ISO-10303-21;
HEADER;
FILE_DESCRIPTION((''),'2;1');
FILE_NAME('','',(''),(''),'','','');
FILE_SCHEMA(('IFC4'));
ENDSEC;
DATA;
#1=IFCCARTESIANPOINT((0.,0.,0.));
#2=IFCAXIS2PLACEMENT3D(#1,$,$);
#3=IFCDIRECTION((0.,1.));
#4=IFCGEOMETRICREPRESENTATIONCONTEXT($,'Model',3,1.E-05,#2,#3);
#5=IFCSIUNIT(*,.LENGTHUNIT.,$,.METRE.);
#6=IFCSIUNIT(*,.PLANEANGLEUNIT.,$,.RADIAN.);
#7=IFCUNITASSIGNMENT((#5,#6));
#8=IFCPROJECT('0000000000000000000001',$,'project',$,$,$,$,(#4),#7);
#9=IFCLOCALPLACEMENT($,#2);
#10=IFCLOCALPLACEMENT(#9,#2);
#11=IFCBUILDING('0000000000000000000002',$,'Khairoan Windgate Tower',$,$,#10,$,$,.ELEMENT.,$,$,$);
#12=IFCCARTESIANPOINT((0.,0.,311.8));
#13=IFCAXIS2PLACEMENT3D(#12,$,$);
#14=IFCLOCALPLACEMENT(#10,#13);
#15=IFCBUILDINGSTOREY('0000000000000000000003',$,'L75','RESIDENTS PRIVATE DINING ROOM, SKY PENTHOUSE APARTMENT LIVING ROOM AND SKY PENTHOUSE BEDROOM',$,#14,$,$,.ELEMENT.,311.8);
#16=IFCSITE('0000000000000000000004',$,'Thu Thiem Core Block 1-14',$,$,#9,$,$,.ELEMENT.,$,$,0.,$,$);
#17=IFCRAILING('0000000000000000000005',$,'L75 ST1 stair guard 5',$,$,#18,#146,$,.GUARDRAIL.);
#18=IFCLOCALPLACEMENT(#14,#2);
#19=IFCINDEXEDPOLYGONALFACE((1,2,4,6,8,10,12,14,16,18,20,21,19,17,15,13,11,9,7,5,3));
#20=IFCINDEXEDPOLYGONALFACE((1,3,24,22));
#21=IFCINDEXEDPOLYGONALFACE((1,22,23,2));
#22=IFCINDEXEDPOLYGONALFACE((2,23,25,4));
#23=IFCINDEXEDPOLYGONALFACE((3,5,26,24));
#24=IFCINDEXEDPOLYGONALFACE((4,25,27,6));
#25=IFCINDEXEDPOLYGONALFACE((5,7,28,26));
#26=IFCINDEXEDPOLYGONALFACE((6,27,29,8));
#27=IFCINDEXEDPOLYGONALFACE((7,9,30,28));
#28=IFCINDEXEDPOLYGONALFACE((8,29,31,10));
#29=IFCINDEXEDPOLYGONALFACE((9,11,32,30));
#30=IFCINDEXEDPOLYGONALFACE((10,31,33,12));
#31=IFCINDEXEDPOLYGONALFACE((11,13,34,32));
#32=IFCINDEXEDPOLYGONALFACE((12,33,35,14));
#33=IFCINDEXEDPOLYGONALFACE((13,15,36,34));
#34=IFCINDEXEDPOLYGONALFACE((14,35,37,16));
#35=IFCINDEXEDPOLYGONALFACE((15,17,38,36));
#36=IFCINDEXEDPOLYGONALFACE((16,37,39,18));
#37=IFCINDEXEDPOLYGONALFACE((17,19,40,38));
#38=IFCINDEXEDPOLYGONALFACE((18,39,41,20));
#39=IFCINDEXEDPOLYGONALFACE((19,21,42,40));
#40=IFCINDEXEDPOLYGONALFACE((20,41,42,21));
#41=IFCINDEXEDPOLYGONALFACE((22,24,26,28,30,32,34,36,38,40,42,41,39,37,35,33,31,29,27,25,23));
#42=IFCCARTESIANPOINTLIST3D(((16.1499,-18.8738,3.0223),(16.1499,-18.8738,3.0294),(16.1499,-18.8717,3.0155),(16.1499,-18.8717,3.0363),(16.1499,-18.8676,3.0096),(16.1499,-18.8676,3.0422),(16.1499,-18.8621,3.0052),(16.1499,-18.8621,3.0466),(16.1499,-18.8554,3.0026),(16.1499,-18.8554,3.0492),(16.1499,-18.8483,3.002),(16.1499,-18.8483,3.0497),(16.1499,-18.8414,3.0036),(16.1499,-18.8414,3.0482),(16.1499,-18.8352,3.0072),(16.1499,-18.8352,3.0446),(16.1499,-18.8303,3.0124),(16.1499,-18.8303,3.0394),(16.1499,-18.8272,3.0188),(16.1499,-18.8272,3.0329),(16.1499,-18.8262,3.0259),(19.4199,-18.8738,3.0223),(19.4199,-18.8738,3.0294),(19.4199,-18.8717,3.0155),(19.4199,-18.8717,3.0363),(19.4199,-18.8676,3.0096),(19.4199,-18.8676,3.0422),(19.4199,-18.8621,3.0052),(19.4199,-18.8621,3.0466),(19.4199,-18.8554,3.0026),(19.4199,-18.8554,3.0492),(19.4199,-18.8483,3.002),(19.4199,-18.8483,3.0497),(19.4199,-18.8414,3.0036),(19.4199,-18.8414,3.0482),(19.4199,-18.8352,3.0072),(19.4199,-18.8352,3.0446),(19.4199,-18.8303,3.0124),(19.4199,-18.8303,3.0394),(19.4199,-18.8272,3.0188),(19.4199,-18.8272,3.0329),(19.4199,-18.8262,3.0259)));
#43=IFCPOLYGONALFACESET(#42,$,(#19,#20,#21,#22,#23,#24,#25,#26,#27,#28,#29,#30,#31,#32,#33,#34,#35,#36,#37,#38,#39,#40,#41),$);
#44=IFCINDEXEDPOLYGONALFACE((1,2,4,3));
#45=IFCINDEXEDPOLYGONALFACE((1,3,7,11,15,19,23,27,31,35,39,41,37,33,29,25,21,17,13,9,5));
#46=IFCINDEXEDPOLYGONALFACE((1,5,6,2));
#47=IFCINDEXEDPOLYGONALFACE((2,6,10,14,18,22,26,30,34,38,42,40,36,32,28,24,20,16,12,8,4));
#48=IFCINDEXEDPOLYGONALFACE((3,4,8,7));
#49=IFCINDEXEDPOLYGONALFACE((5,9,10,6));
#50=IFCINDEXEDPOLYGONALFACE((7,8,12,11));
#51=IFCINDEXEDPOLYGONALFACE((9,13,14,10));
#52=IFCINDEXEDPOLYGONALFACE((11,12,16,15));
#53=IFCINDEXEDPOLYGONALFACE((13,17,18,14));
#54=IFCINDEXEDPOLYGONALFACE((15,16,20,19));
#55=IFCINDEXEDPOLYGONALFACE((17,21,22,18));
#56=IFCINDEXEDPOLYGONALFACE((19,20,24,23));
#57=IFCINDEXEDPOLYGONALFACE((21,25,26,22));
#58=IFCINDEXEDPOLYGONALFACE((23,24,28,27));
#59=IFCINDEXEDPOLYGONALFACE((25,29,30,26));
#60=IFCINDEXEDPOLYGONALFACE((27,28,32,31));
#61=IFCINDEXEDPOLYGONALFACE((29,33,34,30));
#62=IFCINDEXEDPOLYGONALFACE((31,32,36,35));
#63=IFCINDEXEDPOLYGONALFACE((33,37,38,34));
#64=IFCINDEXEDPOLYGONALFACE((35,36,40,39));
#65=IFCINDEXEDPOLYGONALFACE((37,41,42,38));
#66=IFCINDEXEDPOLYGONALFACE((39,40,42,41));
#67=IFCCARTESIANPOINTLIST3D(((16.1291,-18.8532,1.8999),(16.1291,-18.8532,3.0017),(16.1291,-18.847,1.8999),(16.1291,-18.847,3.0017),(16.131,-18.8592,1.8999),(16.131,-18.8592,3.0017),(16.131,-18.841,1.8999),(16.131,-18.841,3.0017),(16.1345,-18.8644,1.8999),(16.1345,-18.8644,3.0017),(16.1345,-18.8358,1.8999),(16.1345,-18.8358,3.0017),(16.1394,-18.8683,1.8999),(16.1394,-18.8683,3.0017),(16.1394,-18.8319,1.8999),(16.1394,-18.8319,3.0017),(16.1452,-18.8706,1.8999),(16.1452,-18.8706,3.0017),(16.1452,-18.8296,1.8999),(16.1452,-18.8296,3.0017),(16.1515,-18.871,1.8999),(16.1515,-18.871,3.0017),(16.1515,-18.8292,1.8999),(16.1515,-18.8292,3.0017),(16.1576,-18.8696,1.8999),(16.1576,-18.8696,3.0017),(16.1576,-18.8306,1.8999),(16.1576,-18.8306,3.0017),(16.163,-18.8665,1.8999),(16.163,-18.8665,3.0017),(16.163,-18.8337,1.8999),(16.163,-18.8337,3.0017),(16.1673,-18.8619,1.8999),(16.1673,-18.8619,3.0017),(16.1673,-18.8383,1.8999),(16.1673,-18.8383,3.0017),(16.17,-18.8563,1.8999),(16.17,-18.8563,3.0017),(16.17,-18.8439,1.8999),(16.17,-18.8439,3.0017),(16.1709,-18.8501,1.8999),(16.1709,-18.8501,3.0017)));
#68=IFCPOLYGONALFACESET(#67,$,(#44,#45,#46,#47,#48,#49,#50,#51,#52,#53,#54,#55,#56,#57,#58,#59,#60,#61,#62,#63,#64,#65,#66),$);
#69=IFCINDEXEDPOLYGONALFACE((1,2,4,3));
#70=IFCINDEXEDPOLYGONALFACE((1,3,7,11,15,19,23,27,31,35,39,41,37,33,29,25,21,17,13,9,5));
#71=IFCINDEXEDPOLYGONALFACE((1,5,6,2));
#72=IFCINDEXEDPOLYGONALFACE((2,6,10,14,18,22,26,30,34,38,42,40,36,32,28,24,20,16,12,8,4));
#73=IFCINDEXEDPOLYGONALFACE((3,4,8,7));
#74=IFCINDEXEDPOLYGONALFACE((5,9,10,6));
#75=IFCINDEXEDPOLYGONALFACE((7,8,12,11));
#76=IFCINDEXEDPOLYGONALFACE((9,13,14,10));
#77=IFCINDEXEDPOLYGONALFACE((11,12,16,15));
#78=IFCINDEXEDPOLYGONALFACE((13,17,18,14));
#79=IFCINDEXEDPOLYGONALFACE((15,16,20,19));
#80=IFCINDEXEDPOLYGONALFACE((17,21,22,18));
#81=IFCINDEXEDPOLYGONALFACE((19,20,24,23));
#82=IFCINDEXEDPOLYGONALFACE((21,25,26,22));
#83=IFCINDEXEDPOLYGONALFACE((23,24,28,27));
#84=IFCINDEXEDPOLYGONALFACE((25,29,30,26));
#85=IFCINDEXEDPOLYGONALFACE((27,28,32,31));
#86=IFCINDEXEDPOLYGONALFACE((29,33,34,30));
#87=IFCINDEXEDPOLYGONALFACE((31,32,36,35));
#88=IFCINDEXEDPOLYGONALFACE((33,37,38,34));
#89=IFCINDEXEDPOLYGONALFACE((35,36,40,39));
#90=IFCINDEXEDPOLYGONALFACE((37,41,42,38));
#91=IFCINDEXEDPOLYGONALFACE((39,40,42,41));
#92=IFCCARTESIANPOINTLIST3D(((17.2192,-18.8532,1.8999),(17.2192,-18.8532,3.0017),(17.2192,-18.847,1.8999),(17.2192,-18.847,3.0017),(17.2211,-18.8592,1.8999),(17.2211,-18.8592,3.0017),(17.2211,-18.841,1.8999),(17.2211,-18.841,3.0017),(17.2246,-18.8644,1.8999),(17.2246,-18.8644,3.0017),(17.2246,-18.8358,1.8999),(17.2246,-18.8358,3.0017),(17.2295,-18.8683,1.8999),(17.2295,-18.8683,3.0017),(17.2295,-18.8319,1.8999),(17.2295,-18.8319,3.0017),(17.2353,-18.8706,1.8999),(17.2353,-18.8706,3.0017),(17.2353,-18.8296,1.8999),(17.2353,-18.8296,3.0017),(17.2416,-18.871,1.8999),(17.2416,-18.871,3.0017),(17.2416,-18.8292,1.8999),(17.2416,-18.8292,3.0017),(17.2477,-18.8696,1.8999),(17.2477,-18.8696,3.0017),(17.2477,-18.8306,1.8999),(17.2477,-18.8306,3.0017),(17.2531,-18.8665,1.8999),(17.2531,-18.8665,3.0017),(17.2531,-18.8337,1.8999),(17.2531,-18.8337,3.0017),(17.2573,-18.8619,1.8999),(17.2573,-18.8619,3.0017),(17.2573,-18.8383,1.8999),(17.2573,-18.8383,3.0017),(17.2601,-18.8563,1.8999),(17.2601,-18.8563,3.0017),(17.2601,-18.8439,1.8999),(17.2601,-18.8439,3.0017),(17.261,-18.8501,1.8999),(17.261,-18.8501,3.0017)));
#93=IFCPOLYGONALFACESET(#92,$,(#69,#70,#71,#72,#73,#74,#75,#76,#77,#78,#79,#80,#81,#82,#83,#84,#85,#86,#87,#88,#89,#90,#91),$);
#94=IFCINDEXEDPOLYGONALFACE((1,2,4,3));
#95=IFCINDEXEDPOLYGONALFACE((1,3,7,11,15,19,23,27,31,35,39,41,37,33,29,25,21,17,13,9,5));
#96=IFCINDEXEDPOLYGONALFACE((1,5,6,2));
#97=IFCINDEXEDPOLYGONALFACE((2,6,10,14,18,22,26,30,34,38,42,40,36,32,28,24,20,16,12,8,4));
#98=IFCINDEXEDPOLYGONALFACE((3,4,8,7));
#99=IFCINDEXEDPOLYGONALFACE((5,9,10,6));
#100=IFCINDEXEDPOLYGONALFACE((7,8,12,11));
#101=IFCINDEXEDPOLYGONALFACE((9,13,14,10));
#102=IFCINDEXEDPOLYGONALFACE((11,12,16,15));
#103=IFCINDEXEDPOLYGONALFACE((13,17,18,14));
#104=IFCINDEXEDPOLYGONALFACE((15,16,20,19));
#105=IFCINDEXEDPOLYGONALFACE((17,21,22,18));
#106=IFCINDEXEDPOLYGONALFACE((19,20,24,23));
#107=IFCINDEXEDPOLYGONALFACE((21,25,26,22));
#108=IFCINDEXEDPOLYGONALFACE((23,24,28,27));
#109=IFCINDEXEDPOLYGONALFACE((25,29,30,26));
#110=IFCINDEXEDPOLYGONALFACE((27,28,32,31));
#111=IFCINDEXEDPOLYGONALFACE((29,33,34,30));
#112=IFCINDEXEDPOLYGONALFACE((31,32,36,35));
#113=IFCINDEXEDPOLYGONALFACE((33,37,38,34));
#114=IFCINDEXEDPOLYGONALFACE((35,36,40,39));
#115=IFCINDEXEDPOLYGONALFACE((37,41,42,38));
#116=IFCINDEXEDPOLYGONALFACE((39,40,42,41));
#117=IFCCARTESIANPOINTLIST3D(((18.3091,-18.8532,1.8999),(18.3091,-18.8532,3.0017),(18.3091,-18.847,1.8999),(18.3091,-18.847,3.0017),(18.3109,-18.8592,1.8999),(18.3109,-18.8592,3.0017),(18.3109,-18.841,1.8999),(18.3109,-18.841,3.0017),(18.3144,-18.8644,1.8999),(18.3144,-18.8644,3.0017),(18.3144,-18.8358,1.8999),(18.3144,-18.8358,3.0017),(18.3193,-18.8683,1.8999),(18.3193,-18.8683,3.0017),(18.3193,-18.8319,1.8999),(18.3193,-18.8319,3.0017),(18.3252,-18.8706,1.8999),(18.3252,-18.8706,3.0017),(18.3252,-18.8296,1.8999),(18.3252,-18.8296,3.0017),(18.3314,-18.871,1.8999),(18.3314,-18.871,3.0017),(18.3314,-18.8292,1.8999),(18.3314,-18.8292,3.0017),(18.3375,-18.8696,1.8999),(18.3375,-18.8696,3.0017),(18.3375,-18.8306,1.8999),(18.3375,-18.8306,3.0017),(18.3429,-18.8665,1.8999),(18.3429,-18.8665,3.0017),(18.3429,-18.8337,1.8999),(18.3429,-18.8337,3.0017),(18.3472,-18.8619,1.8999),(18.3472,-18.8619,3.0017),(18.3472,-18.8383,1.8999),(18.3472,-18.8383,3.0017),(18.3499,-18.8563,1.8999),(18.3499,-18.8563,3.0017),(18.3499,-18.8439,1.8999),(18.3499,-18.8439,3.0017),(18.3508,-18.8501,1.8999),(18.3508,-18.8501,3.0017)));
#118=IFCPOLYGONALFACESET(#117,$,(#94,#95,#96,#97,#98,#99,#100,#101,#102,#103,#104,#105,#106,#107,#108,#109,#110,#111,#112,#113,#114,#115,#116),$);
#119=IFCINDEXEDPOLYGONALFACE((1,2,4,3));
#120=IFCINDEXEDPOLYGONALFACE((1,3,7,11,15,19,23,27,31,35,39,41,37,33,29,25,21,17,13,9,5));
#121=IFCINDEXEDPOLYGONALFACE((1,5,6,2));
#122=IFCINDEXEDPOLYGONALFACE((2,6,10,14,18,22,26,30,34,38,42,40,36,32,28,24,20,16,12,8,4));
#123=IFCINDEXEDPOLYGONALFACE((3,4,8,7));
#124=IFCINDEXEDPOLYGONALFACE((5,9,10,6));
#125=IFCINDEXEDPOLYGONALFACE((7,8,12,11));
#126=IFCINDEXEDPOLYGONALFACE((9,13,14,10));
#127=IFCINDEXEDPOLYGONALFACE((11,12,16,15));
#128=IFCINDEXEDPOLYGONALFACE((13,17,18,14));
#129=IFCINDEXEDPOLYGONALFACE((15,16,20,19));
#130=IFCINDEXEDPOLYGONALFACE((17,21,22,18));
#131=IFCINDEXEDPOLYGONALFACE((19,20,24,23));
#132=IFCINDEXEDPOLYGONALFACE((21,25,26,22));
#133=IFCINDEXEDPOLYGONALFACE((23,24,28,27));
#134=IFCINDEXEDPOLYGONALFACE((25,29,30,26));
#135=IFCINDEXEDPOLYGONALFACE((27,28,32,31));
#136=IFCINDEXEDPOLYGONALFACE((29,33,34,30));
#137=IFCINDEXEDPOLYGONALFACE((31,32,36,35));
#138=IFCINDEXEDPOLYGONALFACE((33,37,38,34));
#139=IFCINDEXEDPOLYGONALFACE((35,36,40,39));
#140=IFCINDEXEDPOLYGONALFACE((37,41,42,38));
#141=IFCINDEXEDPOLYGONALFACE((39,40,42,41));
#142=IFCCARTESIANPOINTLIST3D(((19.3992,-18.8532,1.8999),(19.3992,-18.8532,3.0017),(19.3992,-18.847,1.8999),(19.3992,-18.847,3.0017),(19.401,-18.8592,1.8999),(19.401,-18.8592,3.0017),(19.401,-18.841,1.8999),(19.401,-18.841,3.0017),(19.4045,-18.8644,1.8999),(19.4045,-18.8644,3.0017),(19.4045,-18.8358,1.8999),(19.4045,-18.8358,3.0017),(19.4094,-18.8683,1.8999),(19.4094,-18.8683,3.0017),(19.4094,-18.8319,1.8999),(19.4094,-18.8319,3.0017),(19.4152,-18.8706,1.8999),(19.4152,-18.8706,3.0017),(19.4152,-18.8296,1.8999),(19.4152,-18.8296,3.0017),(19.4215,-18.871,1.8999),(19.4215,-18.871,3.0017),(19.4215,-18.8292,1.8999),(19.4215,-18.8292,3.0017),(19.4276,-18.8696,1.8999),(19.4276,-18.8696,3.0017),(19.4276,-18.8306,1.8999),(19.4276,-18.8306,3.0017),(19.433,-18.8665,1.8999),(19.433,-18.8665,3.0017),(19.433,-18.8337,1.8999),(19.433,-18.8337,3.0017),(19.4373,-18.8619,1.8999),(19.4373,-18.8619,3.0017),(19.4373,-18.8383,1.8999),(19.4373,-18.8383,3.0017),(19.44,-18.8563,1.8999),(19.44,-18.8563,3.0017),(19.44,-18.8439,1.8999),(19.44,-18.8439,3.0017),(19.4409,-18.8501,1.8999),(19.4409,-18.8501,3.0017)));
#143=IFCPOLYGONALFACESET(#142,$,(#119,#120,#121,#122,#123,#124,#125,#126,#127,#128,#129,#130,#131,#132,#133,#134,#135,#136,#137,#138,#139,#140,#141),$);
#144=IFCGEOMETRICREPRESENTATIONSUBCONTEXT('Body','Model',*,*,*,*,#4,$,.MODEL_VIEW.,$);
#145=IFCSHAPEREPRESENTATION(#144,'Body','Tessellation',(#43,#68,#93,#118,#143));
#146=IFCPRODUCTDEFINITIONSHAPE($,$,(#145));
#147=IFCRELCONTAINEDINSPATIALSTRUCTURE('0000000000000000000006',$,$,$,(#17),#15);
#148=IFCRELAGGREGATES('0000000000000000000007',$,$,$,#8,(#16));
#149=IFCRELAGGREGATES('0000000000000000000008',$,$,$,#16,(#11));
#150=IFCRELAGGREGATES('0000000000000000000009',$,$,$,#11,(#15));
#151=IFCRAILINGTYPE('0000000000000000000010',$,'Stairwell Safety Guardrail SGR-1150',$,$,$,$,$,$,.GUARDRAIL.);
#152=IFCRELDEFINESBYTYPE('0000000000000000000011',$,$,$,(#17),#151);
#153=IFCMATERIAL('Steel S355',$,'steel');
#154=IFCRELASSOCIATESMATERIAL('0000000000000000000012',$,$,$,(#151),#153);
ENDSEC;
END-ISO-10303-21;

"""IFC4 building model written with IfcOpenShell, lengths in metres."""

from ifc_helpers import new_model, si_unit, direction, frame, origin, origin_2d, place, context, subcontext, project, spatial, circle, extrude, material, type_object, element, save


model = new_model("IFC4")

# Units and contexts
model_context = context("Model", 3, precision=1e-05, world=origin(), true_north=direction((0.0, 1.0)))
body_context = subcontext(model_context, "Body", "Model", "MODEL_VIEW")
ifc_project = project(units=[si_unit("LENGTHUNIT", "METRE"), si_unit("PLANEANGLEUNIT", "RADIAN")], contexts=[model_context])

# Site, building, storey
site_placement = place(None, origin())
site = spatial("IfcSite", under=ifc_project, at=site_placement, Name="Thu Thiem Core Block 1-14", CompositionType="ELEMENT", RefElevation=0.0)
building_placement = place(site_placement, origin())
building = spatial("IfcBuilding", under=site, at=building_placement, Name="Khairoan Windgate Tower", CompositionType="ELEMENT")
storey_placement = place(building_placement, frame((0.0, 0.0, 311.8)))
storey = spatial("IfcBuildingStorey", under=building, at=storey_placement, Name="L75", Description="RESIDENTS PRIVATE DINING ROOM, SKY PENTHOUSE APARTMENT LIVING ROOM AND SKY PENTHOUSE BEDROOM", CompositionType="ELEMENT", Elevation=311.8)

# Railing
ifc_material_1 = material(Name="Steel S355", Category="steel")
railing_type = type_object("IfcRailingType", Name="Stairwell Safety Guardrail SGR-1150", PredefinedType="GUARDRAIL", material=ifc_material_1)
railing_1_placement = place(storey_placement, frame((16.1499, -18.8501, 1.8999)))
element("IfcRailing", 1, at=railing_1_placement, inside=storey, type_object=railing_type, Name="L75 ST1 stair guard 5", PredefinedType="GUARDRAIL", context=body_context, shape_type="SweptSolid", body=[
    extrude(circle(Radius=0.0239, at=origin_2d()), frame((0.0, 0.0, 1.126), z_axis=(1.0, 0.0, 0.0), x_axis=(0.0, 1.0, 0.0)), (0.0, 0.0, 1.0), 3.27),
    extrude(circle(Radius=0.021, at=origin_2d()), origin(), (0.0, 0.0, 1.0), 1.1018),
    extrude(circle(Radius=0.021, at=origin_2d()), frame((1.0901, 0.0, 0.0)), (0.0, 0.0, 1.0), 1.1018),
    extrude(circle(Radius=0.021, at=origin_2d()), frame((2.1799, 0.0, 0.0)), (0.0, 0.0, 1.0), 1.1018),
    extrude(circle(Radius=0.021, at=origin_2d()), frame((3.27, 0.0, 0.0)), (0.0, 0.0, 1.0), 1.1018),
])

save(model, "model.ifc")
